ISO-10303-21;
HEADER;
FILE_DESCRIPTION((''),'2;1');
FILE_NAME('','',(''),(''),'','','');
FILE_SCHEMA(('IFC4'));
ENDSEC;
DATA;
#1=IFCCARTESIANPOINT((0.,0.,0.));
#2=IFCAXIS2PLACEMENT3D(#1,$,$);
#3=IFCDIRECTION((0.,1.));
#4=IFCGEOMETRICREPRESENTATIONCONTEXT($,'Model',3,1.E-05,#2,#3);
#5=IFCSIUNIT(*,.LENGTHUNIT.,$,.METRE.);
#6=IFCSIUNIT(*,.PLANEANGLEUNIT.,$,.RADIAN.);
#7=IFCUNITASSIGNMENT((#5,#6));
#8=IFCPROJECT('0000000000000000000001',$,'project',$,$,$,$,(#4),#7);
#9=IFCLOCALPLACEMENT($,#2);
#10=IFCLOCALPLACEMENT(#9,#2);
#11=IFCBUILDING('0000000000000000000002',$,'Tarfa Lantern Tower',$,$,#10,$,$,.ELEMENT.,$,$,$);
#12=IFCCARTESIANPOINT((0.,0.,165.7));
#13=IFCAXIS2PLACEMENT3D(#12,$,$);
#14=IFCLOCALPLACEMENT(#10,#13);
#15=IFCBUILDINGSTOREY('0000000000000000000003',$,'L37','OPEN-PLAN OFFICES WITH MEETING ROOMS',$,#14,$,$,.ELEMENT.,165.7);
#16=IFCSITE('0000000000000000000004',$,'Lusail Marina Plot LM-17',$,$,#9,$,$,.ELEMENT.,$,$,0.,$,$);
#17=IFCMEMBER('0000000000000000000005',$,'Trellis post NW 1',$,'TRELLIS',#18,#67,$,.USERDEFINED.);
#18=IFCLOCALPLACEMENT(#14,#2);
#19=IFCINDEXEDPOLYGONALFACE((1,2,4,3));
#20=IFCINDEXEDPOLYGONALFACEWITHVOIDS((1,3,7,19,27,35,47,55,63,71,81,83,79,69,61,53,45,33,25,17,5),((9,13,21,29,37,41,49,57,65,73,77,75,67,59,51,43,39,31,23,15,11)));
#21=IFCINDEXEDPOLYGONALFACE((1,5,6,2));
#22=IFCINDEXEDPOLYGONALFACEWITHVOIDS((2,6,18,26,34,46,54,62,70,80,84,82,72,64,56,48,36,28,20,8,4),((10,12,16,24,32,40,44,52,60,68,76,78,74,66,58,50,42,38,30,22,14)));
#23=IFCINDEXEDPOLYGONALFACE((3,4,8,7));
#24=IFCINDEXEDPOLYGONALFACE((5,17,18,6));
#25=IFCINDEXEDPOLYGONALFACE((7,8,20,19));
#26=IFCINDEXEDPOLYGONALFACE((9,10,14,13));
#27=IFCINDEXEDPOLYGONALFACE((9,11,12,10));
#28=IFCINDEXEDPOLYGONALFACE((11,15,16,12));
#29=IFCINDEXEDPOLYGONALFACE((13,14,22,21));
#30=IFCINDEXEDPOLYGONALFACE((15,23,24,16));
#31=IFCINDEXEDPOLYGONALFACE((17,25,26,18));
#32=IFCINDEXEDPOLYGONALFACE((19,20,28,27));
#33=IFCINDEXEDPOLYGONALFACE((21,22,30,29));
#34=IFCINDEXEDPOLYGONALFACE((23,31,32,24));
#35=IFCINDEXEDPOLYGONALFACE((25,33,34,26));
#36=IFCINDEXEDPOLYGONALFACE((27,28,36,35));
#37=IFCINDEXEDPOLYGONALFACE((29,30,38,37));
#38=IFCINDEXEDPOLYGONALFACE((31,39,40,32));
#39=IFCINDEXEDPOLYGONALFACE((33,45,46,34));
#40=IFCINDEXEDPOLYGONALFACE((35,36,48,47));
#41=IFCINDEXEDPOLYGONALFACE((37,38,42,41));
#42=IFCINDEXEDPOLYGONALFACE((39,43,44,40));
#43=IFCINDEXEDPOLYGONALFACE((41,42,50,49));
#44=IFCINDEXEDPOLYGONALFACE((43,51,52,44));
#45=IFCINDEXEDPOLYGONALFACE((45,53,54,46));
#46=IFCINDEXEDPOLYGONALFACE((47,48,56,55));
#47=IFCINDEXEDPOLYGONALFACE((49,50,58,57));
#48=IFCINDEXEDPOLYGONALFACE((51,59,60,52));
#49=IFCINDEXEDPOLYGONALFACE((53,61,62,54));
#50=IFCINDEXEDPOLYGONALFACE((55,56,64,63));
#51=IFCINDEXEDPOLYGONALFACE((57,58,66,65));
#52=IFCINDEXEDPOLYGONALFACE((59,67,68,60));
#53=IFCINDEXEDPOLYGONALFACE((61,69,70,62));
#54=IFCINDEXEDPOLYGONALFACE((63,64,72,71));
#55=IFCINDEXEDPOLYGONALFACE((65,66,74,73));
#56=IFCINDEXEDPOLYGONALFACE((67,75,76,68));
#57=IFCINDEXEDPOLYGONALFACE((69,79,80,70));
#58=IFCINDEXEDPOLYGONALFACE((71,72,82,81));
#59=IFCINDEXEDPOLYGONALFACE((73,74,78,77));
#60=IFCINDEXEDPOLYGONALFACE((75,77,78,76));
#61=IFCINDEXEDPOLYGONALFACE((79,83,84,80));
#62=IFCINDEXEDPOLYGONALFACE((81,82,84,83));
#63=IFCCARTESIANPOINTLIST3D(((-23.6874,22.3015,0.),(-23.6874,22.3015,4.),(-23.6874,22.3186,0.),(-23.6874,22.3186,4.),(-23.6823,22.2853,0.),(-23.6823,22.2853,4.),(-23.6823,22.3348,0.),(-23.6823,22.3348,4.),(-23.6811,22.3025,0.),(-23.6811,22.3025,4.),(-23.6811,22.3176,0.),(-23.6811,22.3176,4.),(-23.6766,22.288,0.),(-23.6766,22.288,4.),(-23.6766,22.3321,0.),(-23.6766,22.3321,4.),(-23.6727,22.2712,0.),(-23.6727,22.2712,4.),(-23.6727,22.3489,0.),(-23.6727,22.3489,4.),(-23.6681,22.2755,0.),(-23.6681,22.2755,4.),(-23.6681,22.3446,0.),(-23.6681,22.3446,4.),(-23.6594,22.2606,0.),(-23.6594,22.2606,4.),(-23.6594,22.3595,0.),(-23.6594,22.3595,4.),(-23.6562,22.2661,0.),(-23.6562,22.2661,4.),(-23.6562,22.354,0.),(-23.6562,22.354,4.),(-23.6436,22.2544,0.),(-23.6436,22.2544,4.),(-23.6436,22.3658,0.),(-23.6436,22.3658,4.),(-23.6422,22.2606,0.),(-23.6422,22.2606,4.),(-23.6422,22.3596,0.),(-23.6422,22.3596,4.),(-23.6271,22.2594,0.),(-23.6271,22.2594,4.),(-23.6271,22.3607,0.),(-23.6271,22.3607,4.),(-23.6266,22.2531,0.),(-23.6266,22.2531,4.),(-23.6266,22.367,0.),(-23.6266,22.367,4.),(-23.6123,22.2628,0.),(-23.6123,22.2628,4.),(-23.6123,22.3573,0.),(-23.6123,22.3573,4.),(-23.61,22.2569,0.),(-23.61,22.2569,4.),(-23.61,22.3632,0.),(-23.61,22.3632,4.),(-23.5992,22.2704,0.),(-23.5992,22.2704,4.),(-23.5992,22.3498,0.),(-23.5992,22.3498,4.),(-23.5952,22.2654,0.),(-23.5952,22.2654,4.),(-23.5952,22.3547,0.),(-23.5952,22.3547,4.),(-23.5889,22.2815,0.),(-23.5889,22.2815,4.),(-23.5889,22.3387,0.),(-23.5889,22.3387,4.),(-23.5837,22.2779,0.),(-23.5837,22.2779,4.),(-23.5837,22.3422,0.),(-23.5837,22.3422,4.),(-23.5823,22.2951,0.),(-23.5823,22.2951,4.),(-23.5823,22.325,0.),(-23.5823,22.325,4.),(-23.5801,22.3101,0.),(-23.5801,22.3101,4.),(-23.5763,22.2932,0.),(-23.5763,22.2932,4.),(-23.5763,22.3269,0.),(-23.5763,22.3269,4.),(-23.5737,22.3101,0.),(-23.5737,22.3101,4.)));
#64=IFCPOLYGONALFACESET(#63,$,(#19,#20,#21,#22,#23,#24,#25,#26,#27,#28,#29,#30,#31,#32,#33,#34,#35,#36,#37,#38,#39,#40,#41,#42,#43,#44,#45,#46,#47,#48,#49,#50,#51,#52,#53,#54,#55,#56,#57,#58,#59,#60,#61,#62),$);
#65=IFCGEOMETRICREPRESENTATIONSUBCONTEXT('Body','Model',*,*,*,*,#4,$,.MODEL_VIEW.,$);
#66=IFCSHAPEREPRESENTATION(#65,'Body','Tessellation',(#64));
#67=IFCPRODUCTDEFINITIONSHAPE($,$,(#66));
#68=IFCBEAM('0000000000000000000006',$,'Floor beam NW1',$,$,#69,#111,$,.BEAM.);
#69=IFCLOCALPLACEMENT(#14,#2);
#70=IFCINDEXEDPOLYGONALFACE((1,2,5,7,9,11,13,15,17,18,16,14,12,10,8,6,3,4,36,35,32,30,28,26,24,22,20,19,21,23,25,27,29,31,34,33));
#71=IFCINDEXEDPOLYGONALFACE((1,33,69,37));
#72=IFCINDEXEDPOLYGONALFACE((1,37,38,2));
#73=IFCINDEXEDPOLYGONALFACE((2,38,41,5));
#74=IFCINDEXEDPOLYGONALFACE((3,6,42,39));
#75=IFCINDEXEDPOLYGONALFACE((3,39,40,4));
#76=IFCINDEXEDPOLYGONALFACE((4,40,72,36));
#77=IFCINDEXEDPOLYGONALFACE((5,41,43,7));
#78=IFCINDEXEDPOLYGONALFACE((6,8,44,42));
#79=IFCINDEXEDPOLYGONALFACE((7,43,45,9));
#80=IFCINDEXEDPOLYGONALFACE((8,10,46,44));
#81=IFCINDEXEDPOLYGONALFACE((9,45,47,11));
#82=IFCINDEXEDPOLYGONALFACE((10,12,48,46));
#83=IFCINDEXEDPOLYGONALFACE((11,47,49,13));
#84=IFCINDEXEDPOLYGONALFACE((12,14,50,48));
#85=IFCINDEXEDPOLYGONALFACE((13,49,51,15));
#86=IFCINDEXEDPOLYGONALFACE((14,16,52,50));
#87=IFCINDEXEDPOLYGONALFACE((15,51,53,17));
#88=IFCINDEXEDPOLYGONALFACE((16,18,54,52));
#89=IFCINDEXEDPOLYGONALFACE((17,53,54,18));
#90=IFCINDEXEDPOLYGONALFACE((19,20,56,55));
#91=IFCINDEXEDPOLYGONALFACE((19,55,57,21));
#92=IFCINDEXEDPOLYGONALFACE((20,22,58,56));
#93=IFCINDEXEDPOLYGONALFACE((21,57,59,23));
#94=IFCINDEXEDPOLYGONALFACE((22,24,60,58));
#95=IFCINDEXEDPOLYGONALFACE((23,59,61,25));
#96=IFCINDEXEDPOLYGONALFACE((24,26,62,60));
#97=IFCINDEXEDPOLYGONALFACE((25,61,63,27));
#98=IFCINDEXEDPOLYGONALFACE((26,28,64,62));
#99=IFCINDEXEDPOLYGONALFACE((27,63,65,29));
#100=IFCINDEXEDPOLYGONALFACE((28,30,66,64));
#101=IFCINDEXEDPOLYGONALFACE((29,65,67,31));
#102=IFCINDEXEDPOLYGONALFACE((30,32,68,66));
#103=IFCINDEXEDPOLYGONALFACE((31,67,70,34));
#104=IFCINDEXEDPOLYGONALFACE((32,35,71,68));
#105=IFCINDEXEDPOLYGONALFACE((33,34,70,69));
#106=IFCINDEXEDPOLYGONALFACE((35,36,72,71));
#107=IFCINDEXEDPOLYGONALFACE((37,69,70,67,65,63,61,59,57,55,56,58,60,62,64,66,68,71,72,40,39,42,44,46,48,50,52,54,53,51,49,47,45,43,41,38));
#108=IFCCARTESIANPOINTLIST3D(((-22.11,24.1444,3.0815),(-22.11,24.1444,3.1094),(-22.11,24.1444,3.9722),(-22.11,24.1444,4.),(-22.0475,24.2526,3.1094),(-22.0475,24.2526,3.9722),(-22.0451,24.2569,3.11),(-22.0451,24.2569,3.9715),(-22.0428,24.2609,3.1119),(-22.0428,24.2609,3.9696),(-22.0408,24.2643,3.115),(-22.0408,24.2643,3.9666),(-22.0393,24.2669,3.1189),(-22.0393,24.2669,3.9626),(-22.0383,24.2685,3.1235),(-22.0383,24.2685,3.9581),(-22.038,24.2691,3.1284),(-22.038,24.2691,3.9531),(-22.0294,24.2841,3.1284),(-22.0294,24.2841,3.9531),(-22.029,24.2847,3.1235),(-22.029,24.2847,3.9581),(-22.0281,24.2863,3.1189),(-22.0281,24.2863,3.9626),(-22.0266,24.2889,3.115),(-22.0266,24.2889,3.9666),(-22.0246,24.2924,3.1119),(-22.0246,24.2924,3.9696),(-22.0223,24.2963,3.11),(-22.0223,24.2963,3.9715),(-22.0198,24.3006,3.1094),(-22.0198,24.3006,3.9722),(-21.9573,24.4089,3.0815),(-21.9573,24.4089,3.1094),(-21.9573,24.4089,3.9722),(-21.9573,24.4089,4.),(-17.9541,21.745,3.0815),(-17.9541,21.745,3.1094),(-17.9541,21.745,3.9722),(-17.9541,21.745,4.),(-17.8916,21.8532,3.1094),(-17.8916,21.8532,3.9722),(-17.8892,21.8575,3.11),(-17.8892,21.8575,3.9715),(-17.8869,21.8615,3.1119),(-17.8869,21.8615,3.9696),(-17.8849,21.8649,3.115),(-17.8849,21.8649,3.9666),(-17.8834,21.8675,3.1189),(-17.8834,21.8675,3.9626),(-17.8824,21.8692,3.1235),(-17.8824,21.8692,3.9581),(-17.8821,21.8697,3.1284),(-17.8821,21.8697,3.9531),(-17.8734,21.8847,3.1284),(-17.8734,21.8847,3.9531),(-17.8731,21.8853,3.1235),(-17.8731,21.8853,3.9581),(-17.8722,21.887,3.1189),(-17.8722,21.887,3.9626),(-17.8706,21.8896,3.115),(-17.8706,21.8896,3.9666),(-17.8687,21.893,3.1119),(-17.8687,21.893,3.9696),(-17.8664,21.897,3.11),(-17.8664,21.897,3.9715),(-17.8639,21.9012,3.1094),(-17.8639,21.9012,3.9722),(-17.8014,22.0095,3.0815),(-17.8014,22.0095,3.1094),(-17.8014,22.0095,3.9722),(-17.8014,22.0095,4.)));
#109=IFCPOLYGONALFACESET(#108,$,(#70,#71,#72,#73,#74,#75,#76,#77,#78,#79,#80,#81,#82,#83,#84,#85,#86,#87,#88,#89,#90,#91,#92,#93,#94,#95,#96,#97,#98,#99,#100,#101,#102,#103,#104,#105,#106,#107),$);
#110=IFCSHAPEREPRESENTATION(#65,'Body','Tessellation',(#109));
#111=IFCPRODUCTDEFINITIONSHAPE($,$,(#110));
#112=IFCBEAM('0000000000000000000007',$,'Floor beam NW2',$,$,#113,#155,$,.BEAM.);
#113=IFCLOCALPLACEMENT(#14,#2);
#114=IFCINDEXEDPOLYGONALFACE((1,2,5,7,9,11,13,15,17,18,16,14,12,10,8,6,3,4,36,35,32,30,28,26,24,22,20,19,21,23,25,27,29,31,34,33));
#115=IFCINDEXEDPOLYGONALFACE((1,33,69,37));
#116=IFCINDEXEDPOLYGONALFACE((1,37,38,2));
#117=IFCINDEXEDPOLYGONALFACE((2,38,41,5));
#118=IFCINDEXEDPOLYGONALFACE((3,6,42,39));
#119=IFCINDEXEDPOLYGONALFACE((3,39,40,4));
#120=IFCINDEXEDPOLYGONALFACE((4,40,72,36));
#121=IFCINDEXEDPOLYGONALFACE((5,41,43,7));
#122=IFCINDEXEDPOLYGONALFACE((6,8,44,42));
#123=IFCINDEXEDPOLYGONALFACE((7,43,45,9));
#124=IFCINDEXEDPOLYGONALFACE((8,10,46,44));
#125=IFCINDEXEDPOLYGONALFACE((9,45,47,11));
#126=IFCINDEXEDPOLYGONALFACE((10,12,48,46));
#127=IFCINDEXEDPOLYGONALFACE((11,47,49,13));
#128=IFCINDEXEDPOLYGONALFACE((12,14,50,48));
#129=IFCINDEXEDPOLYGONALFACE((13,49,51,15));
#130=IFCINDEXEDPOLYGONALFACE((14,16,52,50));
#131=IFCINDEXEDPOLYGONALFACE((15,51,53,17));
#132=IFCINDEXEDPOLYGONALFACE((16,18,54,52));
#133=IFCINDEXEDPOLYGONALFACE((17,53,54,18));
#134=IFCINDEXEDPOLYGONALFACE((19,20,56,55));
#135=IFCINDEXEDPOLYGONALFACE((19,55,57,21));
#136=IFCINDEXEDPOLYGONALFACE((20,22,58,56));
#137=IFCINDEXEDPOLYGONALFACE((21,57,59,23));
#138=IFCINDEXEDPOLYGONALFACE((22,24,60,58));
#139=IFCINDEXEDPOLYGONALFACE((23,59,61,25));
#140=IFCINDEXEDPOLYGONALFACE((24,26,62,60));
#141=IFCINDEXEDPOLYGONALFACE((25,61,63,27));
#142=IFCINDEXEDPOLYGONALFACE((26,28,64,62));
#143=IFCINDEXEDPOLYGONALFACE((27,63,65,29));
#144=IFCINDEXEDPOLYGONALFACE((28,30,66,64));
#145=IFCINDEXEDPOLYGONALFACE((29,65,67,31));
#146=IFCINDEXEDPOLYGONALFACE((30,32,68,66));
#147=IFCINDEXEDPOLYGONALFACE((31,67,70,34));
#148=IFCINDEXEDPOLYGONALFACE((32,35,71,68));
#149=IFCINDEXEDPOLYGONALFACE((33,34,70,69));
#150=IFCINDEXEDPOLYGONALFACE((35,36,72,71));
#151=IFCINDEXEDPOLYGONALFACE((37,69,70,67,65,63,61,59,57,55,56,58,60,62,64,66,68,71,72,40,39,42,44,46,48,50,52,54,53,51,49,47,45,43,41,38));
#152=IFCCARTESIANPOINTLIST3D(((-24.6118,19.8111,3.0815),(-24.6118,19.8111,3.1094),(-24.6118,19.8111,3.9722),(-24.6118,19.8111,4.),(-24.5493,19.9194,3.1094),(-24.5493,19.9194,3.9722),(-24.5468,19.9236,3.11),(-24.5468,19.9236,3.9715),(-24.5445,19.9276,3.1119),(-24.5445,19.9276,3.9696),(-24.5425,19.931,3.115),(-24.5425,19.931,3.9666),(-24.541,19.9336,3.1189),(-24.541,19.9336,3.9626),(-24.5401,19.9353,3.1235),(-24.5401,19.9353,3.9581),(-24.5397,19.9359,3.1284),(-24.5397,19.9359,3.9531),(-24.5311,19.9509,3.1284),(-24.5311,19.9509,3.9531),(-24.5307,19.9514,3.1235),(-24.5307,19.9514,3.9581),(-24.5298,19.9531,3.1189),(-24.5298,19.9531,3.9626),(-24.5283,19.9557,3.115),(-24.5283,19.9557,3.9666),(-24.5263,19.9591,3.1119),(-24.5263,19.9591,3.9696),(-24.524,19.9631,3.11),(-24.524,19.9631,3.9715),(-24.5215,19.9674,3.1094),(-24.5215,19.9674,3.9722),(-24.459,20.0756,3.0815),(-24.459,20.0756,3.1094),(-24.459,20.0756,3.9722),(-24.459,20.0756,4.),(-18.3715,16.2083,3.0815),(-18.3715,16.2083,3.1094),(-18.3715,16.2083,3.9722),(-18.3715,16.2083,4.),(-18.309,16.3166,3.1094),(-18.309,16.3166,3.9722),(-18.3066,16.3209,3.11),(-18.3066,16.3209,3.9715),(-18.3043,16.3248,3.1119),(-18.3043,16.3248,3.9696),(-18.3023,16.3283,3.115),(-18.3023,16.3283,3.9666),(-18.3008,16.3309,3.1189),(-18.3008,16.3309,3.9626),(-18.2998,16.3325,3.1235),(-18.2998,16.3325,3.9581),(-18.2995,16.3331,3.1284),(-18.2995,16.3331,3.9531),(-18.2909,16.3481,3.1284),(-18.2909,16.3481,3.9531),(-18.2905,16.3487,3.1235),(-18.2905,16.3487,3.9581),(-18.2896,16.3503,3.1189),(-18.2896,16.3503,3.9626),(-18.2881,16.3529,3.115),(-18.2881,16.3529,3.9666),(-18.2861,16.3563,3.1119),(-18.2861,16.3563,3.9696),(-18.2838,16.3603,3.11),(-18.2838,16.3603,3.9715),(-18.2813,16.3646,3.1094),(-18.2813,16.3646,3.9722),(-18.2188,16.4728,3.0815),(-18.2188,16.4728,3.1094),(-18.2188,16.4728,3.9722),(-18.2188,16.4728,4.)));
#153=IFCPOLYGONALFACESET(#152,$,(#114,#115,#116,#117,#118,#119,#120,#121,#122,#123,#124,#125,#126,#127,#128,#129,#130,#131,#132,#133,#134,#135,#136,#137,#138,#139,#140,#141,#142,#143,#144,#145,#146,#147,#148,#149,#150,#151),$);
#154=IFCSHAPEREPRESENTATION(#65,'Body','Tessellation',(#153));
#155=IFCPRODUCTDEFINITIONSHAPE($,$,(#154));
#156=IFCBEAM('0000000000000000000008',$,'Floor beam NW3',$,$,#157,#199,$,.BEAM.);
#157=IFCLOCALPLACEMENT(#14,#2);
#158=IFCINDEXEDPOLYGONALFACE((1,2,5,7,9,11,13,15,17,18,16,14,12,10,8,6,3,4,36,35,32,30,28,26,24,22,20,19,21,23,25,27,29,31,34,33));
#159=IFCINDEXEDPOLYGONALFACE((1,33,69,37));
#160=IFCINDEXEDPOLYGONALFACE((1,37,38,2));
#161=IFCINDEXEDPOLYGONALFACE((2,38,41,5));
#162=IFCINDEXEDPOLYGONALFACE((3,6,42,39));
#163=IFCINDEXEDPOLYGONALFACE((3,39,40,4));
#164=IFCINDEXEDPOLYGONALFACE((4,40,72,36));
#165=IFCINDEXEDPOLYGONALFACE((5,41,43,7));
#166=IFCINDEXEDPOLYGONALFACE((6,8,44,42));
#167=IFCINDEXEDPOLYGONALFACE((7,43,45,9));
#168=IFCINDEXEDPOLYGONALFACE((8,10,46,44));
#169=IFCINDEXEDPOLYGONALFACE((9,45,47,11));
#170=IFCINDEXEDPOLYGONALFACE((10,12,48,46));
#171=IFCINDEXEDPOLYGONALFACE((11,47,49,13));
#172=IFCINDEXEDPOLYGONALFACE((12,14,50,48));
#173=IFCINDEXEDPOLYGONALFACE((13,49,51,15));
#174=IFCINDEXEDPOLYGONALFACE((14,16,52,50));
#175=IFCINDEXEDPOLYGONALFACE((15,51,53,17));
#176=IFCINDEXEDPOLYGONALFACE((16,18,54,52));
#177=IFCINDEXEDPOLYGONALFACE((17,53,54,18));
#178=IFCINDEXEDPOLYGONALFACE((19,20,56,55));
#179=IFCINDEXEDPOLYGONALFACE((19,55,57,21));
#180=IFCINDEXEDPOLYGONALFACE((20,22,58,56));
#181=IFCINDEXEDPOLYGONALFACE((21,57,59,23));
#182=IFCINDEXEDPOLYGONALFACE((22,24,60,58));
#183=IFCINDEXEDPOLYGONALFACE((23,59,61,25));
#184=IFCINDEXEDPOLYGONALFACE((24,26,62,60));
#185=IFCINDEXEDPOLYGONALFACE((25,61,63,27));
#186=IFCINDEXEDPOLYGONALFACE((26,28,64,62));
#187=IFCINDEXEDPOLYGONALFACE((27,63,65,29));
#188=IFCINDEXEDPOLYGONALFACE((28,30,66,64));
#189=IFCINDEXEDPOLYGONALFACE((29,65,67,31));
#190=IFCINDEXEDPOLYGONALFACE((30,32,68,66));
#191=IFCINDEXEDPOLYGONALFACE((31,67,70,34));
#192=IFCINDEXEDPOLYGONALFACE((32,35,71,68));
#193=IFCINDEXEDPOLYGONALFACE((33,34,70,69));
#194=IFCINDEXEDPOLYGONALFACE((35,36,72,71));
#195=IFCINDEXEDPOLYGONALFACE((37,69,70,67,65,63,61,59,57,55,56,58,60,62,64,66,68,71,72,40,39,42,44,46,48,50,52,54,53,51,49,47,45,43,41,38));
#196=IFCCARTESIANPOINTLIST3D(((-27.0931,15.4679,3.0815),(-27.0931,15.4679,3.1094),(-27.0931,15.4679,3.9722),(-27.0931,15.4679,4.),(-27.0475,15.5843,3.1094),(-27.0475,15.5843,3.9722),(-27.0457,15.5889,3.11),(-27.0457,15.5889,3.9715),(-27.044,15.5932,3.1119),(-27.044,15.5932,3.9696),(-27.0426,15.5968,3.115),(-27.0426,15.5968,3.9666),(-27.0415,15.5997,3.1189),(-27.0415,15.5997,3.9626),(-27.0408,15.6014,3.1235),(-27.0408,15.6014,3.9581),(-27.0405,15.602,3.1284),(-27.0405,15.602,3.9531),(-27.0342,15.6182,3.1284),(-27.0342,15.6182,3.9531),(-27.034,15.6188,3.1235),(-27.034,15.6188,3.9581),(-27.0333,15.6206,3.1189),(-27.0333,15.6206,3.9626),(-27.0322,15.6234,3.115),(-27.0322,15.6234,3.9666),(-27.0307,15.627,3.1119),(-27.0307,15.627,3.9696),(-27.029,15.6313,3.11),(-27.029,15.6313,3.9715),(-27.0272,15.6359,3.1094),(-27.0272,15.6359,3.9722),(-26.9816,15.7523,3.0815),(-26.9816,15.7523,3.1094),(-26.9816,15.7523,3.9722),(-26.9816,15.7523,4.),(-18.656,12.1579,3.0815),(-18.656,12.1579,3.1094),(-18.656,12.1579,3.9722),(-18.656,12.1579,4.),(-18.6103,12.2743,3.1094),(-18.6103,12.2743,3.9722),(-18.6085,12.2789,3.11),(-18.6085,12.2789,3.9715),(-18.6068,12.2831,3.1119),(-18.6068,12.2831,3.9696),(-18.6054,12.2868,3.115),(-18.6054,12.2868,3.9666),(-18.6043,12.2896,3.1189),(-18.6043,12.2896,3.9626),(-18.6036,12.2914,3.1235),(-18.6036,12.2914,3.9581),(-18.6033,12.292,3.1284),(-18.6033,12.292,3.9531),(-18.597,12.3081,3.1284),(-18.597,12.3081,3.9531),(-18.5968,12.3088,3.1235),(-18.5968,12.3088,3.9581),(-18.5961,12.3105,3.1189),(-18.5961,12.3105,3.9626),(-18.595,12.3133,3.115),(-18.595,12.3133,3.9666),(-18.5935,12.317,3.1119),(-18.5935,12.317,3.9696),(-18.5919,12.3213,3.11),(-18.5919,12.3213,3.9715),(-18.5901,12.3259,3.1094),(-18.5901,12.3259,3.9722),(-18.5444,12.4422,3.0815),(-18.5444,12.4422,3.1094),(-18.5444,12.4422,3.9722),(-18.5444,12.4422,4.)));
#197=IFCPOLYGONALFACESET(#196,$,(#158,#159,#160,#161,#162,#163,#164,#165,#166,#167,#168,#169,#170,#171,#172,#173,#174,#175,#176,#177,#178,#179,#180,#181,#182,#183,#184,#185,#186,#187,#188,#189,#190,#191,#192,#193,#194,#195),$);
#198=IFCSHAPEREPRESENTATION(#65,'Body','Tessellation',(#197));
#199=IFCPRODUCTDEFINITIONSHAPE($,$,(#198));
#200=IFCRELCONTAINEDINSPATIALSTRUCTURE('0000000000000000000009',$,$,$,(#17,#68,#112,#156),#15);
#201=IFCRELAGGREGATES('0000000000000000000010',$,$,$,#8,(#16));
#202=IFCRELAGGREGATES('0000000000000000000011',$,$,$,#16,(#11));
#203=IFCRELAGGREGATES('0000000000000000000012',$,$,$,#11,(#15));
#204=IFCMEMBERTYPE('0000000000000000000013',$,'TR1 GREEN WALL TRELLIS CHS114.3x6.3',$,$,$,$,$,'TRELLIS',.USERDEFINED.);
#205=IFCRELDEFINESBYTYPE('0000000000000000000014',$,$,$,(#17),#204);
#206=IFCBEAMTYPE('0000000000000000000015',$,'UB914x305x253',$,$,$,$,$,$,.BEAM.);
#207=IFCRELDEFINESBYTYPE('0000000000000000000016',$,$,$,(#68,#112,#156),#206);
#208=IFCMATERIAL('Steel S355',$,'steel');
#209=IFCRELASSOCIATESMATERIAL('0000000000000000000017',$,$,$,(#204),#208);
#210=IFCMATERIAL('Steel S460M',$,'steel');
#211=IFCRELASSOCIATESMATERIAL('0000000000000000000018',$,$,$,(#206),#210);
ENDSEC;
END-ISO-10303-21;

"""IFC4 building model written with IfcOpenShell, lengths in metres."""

from ifc_helpers import new_model, si_unit, direction, frame, origin, origin_2d, place, context, subcontext, project, spatial, hollow_circle, i_section, extrude, material, material_profile, profile_set, type_object, element, save


model = new_model("IFC4")

# Units and contexts
model_context = context("Model", 3, precision=1e-05, world=origin(), true_north=direction((0.0, 1.0)))
body_context = subcontext(model_context, "Body", "Model", "MODEL_VIEW")
ifc_project = project(units=[si_unit("LENGTHUNIT", "METRE"), si_unit("PLANEANGLEUNIT", "RADIAN")], contexts=[model_context])

# Site, building, storey
site_placement = place(None, origin())
site = spatial("IfcSite", under=ifc_project, at=site_placement, Name="Lusail Marina Plot LM-17", CompositionType="ELEMENT", RefElevation=0.0)
building_placement = place(site_placement, origin())
building = spatial("IfcBuilding", under=site, at=building_placement, Name="Tarfa Lantern Tower", CompositionType="ELEMENT")
storey_placement = place(building_placement, frame((0.0, 0.0, 165.7)))
storey = spatial("IfcBuildingStorey", under=building, at=storey_placement, Name="L37", Description="OPEN-PLAN OFFICES WITH MEETING ROOMS", CompositionType="ELEMENT", Elevation=165.7)

# Member
ifc_material_1 = material(Name="Steel S355", Category="steel")
ifc_material_profile_1 = material_profile(ifc_material_1, hollow_circle(Radius=0.0571, WallThickness=0.0063, at=origin_2d()), Name="CHS114.3x6.3")
ifc_profile_set_1 = profile_set([ifc_material_profile_1], Name="Steel S355")
member_type_1 = type_object("IfcMemberType", Name="TR1 GREEN WALL TRELLIS CHS114.3x6.3", ElementType="TRELLIS", PredefinedType="USERDEFINED", material=ifc_profile_set_1)
member_1_placement = place(storey_placement, frame((-23.6309, 22.3101, 0.0), z_axis=(0.0, 0.0, 1.0), x_axis=(1.0, 0.0, 0.0)))
element("IfcMember", 1, at=member_1_placement, inside=storey, type_object=member_type_1, Name="Trellis post NW 1", ObjectType="TRELLIS", PredefinedType="USERDEFINED", context=body_context, shape_type="SweptSolid", body=[
    extrude(hollow_circle(Radius=0.0571, WallThickness=0.0063, at=origin_2d()), origin(), (0.0, 0.0, 1.0), 4.0),
])

# Beams
ifc_material_2 = material(Name="Steel S460M", Category="steel")
ifc_material_profile_2 = material_profile(ifc_material_2, i_section(OverallWidth=0.3054, OverallDepth=0.9185, WebThickness=0.0173, FlangeThickness=0.0278, FilletRadius=0.019, at=origin_2d()), Name="UB914x305x253")
ifc_profile_set_2 = profile_set([ifc_material_profile_2], Name="Steel S460M")
beam_type_1 = type_object("IfcBeamType", Name="UB914x305x253", PredefinedType="BEAM", material=ifc_profile_set_2)
beam_1_placement = place(storey_placement, frame((-22.0337, 24.2766, 3.5408), z_axis=(0.866031, -0.499991, 0.0), x_axis=(0.499991, 0.866031, 0.0)))
element("IfcBeam", 2, at=beam_1_placement, inside=storey, type_object=beam_type_1, Name="Floor beam NW1", PredefinedType="BEAM", context=body_context, shape_type="SweptSolid", body=[
    extrude(i_section(OverallWidth=0.3054, OverallDepth=0.9185, WebThickness=0.0173, FlangeThickness=0.0278, FilletRadius=0.019, at=origin_2d()), origin(), (0.0, 0.0, 1.0), 4.7988),
])
beam_2_placement = place(storey_placement, frame((-24.5354, 19.9434, 3.5408), z_axis=(0.866026, -0.499998, 0.0), x_axis=(0.499998, 0.866026, 0.0)))
element("IfcBeam", 3, at=beam_2_placement, inside=storey, type_object=beam_type_1, Name="Floor beam NW2", PredefinedType="BEAM", context=body_context, shape_type="SweptSolid", body=[
    extrude(i_section(OverallWidth=0.3054, OverallDepth=0.9185, WebThickness=0.0173, FlangeThickness=0.0278, FilletRadius=0.019, at=origin_2d()), origin(), (0.0, 0.0, 1.0), 7.2056),
])
beam_3_placement = place(storey_placement, frame((-27.0374, 15.6101, 3.5408), z_axis=(0.930923, -0.365215, 0.0), x_axis=(0.365215, 0.930923, 0.0)))
element("IfcBeam", 4, at=beam_3_placement, inside=storey, type_object=beam_type_1, Name="Floor beam NW3", PredefinedType="BEAM", context=body_context, shape_type="SweptSolid", body=[
    extrude(i_section(OverallWidth=0.3054, OverallDepth=0.9185, WebThickness=0.0173, FlangeThickness=0.0278, FilletRadius=0.019, at=origin_2d()), origin(), (0.0, 0.0, 1.0), 9.0632),
])

save(model, "model.ifc")
